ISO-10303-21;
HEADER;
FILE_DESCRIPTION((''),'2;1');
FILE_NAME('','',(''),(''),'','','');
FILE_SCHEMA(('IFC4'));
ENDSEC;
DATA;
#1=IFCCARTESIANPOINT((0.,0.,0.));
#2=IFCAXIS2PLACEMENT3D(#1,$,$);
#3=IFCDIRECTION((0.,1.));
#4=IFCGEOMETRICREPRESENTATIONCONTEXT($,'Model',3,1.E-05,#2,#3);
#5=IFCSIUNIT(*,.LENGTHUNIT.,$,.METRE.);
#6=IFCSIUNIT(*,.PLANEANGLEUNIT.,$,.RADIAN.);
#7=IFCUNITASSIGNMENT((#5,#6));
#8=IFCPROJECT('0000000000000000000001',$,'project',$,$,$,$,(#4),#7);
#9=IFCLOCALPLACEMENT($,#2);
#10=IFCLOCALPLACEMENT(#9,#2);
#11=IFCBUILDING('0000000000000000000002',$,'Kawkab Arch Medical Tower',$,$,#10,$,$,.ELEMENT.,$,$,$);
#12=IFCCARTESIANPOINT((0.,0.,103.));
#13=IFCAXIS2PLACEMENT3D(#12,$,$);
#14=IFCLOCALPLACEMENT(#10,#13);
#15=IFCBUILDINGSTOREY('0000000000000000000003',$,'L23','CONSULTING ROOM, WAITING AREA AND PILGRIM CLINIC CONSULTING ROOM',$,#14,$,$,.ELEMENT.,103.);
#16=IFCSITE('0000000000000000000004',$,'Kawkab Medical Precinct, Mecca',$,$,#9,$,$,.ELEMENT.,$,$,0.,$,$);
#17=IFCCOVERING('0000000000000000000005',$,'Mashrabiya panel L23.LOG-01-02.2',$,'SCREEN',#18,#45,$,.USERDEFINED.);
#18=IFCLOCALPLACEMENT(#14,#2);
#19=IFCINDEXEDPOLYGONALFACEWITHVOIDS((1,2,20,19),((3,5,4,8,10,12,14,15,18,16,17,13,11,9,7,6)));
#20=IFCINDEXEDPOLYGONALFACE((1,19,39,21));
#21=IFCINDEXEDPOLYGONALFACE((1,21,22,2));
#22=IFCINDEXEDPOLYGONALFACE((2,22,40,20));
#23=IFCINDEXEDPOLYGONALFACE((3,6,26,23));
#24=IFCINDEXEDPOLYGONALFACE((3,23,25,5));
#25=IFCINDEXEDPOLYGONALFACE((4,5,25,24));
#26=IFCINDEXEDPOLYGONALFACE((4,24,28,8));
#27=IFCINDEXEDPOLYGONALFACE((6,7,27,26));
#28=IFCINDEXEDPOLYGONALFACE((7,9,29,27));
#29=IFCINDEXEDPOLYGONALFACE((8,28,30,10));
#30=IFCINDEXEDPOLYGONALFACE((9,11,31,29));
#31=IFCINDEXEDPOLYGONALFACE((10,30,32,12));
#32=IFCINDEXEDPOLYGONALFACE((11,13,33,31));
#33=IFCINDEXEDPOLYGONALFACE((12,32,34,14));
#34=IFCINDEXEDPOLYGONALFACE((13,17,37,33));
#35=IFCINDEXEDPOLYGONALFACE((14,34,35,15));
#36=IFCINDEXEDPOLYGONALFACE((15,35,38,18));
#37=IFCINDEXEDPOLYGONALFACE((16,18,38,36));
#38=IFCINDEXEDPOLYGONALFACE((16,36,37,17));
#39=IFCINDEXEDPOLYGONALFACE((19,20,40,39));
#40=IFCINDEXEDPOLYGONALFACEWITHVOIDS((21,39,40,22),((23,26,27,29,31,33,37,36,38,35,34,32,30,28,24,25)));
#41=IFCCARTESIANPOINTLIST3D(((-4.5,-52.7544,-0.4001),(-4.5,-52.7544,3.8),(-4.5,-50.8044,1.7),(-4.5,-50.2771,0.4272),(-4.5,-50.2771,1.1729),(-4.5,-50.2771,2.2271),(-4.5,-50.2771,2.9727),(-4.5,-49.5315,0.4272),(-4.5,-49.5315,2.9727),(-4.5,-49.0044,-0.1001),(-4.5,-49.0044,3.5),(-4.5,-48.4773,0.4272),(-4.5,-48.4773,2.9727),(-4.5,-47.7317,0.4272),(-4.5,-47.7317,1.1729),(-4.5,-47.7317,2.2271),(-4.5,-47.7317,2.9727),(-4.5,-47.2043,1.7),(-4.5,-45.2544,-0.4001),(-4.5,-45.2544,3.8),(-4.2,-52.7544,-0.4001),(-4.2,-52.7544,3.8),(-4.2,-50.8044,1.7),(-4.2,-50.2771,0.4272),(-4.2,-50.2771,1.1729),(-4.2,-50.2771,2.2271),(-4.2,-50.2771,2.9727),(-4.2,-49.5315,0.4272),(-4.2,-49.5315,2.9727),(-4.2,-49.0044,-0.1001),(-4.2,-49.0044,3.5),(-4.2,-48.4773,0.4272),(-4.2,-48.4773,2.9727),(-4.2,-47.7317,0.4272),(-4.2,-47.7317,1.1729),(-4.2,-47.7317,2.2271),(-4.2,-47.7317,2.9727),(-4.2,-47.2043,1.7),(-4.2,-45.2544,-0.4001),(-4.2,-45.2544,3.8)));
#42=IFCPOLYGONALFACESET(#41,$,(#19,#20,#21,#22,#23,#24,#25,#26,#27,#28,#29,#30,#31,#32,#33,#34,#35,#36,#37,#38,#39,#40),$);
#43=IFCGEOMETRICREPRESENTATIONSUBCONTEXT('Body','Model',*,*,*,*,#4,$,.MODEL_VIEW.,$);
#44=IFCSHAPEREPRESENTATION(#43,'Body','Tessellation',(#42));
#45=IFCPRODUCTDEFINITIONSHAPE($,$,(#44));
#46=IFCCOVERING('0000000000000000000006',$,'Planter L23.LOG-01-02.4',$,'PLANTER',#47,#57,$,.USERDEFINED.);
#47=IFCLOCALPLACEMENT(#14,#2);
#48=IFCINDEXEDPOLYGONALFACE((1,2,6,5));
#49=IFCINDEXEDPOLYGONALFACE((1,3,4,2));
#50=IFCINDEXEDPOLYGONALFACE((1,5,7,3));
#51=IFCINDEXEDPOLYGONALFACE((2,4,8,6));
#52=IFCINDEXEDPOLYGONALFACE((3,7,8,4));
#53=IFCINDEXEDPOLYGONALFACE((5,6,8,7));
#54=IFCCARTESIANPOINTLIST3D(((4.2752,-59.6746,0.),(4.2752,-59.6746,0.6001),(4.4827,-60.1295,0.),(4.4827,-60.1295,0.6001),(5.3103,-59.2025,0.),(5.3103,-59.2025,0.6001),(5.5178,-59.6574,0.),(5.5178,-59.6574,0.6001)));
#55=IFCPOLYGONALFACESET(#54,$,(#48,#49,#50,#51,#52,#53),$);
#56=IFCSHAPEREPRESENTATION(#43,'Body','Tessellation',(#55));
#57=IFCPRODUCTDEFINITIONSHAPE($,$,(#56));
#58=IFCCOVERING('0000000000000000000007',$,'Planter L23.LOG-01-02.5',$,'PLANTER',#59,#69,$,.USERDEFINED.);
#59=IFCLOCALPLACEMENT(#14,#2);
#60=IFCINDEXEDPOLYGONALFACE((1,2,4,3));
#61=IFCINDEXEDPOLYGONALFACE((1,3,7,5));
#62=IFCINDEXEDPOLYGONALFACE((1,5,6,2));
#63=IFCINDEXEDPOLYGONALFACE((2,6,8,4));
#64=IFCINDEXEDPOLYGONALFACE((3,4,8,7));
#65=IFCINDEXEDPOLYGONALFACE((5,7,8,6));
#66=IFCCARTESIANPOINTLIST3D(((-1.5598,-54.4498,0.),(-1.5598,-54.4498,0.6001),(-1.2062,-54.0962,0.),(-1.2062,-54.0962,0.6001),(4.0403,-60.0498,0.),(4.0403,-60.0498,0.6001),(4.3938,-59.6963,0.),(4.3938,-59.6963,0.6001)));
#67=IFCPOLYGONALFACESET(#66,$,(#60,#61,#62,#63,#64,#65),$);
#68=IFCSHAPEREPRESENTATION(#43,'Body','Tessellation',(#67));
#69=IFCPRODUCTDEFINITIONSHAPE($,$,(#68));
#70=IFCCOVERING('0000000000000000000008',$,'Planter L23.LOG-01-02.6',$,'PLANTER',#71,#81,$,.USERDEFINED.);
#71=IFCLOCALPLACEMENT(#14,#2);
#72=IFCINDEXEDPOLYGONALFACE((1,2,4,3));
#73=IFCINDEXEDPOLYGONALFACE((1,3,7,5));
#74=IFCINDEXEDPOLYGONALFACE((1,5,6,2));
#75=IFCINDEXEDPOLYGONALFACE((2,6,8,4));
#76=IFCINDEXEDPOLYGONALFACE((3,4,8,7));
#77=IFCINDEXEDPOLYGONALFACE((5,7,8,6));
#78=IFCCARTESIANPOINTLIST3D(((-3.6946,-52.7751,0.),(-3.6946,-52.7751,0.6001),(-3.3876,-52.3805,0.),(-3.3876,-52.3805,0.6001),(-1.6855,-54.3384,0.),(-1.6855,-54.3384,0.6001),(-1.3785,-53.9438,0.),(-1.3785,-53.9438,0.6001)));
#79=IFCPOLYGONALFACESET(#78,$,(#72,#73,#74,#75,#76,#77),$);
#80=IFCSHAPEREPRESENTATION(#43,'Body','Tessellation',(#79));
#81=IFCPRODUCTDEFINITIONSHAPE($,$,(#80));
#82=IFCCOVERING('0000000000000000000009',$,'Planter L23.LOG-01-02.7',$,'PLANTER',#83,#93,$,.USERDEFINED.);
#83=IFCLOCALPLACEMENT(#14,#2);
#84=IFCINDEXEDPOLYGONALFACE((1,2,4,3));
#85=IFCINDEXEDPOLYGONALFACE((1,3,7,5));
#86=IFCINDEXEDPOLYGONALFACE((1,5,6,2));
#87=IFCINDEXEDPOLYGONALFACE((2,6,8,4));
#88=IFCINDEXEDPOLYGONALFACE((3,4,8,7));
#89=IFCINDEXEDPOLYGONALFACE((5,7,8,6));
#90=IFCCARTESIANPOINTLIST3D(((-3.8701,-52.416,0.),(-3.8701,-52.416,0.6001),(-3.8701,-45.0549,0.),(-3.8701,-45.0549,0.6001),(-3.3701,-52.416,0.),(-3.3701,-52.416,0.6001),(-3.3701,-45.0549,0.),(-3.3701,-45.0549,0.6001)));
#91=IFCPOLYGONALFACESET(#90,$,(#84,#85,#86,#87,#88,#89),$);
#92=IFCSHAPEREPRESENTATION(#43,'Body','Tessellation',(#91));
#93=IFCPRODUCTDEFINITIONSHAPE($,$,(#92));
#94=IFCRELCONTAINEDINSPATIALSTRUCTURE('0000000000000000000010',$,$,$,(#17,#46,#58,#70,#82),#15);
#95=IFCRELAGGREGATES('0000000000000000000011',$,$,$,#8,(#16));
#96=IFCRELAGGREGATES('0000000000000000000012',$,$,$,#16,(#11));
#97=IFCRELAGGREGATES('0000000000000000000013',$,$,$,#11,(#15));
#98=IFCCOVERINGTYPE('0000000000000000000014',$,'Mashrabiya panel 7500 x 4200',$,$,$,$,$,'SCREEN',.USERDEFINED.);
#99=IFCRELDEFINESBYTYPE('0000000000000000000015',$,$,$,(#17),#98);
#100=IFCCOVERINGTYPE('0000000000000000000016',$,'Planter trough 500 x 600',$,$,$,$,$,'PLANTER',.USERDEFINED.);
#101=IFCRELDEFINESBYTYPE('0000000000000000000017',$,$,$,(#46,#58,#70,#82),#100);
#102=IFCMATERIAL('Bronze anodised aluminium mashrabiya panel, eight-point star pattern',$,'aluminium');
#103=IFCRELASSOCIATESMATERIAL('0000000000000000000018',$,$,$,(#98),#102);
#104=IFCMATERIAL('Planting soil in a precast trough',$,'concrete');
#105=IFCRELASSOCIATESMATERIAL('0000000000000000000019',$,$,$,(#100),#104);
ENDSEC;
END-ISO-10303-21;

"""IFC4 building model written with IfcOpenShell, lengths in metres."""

from ifc_helpers import new_model, si_unit, direction, frame, origin, origin_2d, place, context, subcontext, project, spatial, polyline, rectangle, outline, extrude, material, material_profile, profile_set, type_object, element, save


model = new_model("IFC4")

# Units and contexts
model_context = context("Model", 3, precision=1e-05, world=origin(), true_north=direction((0.0, 1.0)))
body_context = subcontext(model_context, "Body", "Model", "MODEL_VIEW")
ifc_project = project(units=[si_unit("LENGTHUNIT", "METRE"), si_unit("PLANEANGLEUNIT", "RADIAN")], contexts=[model_context])

# Site, building, storey
site_placement = place(None, origin())
site = spatial("IfcSite", under=ifc_project, at=site_placement, Name="Kawkab Medical Precinct, Mecca", CompositionType="ELEMENT", RefElevation=0.0)
building_placement = place(site_placement, origin())
building = spatial("IfcBuilding", under=site, at=building_placement, Name="Kawkab Arch Medical Tower", CompositionType="ELEMENT")
storey_placement = place(building_placement, frame((0.0, 0.0, 103.0)))
storey = spatial("IfcBuildingStorey", under=building, at=storey_placement, Name="L23", Description="CONSULTING ROOM, WAITING AREA AND PILGRIM CLINIC CONSULTING ROOM", CompositionType="ELEMENT", Elevation=103.0)

# Coverings
ifc_material_1 = material(Name="Bronze anodised aluminium mashrabiya panel, eight-point star pattern", Category="aluminium")
ifc_material_profile_1 = material_profile(ifc_material_1, outline(polyline([(-3.75, -2.1001), (3.75, -2.1001), (3.75, 2.1001), (-3.75, 2.1001), (-3.75, -2.1001)]), holes=[polyline([(1.8, 0.0), (1.2727, 0.5271), (1.2727, 1.2727), (0.5271, 1.2727), (0.0, 1.8), (-0.5271, 1.2727), (-1.2727, 1.2727), (-1.2727, 0.5271), (-1.8, 0.0), (-1.2727, -0.5271), (-1.2727, -1.2727), (-0.5271, -1.2727), (0.0, -1.8), (0.5271, -1.2727), (1.2727, -1.2727), (1.2727, -0.5271), (1.8, 0.0)])]), Name="Mashrabiya panel 7500x4200")
ifc_profile_set_1 = profile_set([ifc_material_profile_1], Name="Bronze anodised aluminium mashrabiya panel, eight-point star pattern")
covering_type_1 = type_object("IfcCoveringType", Name="Mashrabiya panel 7500 x 4200", ElementType="SCREEN", PredefinedType="USERDEFINED", material=ifc_profile_set_1)
covering_1_placement = place(storey_placement, frame((-4.2, -49.0044, 1.7), z_axis=(-1.0, 0.0, 0.0), x_axis=(0.0, -1.0, 0.0)))
element("IfcCovering", 1, at=covering_1_placement, inside=storey, type_object=covering_type_1, Name="Mashrabiya panel L23.LOG-01-02.2", ObjectType="SCREEN", PredefinedType="USERDEFINED", context=body_context, shape_type="SweptSolid", body=[
    extrude(outline(polyline([(-3.75, -2.1001), (3.75, -2.1001), (3.75, 2.1001), (-3.75, 2.1001), (-3.75, -2.1001)]), holes=[polyline([(1.8, 0.0), (1.2727, 0.5271), (1.2727, 1.2727), (0.5271, 1.2727), (0.0, 1.8), (-0.5271, 1.2727), (-1.2727, 1.2727), (-1.2727, 0.5271), (-1.8, 0.0), (-1.2727, -0.5271), (-1.2727, -1.2727), (-0.5271, -1.2727), (0.0, -1.8), (0.5271, -1.2727), (1.2727, -1.2727), (1.2727, -0.5271), (1.8, 0.0)])]), origin(), (0.0, 0.0, 1.0), 0.3),
])
ifc_material_2 = material(Name="Planting soil in a precast trough", Category="concrete")
ifc_material_profile_2 = material_profile(ifc_material_2, rectangle(XDim=0.5, YDim=0.6001, at=origin_2d()), Name="Trough 500x600")
ifc_profile_set_2 = profile_set([ifc_material_profile_2], Name="Planting soil in a precast trough")
covering_type_2 = type_object("IfcCoveringType", Name="Planter trough 500 x 600", ElementType="PLANTER", PredefinedType="USERDEFINED", material=ifc_profile_set_2)
covering_2_placement = place(storey_placement, frame((5.4141, -59.4299, 0.3), z_axis=(-0.909822, -0.414999, 0.0), x_axis=(0.414999, -0.909822, 0.0)))
element("IfcCovering", 2, at=covering_2_placement, inside=storey, type_object=covering_type_2, Name="Planter L23.LOG-01-02.4", ObjectType="PLANTER", PredefinedType="USERDEFINED", context=body_context, shape_type="SweptSolid", body=[
    extrude(rectangle(XDim=0.5, YDim=0.6001, at=origin_2d()), origin(), (0.0, 0.0, 1.0), 1.1377),
])
covering_3_placement = place(storey_placement, frame((4.217, -59.873, 0.3), z_axis=(-0.707107, 0.707107, 0.0), x_axis=(-0.707107, -0.707107, 0.0)))
element("IfcCovering", 3, at=covering_3_placement, inside=storey, type_object=covering_type_2, Name="Planter L23.LOG-01-02.5", ObjectType="PLANTER", PredefinedType="USERDEFINED", context=body_context, shape_type="SweptSolid", body=[
    extrude(rectangle(XDim=0.5, YDim=0.6001, at=origin_2d()), origin(), (0.0, 0.0, 1.0), 7.9197),
])
covering_4_placement = place(storey_placement, frame((-1.532, -54.1411, 0.3), z_axis=(-0.789228, 0.6141, 0.0), x_axis=(-0.6141, -0.789228, 0.0)))
element("IfcCovering", 4, at=covering_4_placement, inside=storey, type_object=covering_type_2, Name="Planter L23.LOG-01-02.6", ObjectType="PLANTER", PredefinedType="USERDEFINED", context=body_context, shape_type="SweptSolid", body=[
    extrude(rectangle(XDim=0.5, YDim=0.6001, at=origin_2d()), origin(), (0.0, 0.0, 1.0), 2.5457),
])
covering_5_placement = place(storey_placement, frame((-3.6201, -52.416, 0.3), z_axis=(0.0, 1.0, 0.0), x_axis=(-1.0, 0.0, 0.0)))
element("IfcCovering", 5, at=covering_5_placement, inside=storey, type_object=covering_type_2, Name="Planter L23.LOG-01-02.7", ObjectType="PLANTER", PredefinedType="USERDEFINED", context=body_context, shape_type="SweptSolid", body=[
    extrude(rectangle(XDim=0.5, YDim=0.6001, at=origin_2d()), origin(), (0.0, 0.0, 1.0), 7.3611),
])

save(model, "model.ifc")
